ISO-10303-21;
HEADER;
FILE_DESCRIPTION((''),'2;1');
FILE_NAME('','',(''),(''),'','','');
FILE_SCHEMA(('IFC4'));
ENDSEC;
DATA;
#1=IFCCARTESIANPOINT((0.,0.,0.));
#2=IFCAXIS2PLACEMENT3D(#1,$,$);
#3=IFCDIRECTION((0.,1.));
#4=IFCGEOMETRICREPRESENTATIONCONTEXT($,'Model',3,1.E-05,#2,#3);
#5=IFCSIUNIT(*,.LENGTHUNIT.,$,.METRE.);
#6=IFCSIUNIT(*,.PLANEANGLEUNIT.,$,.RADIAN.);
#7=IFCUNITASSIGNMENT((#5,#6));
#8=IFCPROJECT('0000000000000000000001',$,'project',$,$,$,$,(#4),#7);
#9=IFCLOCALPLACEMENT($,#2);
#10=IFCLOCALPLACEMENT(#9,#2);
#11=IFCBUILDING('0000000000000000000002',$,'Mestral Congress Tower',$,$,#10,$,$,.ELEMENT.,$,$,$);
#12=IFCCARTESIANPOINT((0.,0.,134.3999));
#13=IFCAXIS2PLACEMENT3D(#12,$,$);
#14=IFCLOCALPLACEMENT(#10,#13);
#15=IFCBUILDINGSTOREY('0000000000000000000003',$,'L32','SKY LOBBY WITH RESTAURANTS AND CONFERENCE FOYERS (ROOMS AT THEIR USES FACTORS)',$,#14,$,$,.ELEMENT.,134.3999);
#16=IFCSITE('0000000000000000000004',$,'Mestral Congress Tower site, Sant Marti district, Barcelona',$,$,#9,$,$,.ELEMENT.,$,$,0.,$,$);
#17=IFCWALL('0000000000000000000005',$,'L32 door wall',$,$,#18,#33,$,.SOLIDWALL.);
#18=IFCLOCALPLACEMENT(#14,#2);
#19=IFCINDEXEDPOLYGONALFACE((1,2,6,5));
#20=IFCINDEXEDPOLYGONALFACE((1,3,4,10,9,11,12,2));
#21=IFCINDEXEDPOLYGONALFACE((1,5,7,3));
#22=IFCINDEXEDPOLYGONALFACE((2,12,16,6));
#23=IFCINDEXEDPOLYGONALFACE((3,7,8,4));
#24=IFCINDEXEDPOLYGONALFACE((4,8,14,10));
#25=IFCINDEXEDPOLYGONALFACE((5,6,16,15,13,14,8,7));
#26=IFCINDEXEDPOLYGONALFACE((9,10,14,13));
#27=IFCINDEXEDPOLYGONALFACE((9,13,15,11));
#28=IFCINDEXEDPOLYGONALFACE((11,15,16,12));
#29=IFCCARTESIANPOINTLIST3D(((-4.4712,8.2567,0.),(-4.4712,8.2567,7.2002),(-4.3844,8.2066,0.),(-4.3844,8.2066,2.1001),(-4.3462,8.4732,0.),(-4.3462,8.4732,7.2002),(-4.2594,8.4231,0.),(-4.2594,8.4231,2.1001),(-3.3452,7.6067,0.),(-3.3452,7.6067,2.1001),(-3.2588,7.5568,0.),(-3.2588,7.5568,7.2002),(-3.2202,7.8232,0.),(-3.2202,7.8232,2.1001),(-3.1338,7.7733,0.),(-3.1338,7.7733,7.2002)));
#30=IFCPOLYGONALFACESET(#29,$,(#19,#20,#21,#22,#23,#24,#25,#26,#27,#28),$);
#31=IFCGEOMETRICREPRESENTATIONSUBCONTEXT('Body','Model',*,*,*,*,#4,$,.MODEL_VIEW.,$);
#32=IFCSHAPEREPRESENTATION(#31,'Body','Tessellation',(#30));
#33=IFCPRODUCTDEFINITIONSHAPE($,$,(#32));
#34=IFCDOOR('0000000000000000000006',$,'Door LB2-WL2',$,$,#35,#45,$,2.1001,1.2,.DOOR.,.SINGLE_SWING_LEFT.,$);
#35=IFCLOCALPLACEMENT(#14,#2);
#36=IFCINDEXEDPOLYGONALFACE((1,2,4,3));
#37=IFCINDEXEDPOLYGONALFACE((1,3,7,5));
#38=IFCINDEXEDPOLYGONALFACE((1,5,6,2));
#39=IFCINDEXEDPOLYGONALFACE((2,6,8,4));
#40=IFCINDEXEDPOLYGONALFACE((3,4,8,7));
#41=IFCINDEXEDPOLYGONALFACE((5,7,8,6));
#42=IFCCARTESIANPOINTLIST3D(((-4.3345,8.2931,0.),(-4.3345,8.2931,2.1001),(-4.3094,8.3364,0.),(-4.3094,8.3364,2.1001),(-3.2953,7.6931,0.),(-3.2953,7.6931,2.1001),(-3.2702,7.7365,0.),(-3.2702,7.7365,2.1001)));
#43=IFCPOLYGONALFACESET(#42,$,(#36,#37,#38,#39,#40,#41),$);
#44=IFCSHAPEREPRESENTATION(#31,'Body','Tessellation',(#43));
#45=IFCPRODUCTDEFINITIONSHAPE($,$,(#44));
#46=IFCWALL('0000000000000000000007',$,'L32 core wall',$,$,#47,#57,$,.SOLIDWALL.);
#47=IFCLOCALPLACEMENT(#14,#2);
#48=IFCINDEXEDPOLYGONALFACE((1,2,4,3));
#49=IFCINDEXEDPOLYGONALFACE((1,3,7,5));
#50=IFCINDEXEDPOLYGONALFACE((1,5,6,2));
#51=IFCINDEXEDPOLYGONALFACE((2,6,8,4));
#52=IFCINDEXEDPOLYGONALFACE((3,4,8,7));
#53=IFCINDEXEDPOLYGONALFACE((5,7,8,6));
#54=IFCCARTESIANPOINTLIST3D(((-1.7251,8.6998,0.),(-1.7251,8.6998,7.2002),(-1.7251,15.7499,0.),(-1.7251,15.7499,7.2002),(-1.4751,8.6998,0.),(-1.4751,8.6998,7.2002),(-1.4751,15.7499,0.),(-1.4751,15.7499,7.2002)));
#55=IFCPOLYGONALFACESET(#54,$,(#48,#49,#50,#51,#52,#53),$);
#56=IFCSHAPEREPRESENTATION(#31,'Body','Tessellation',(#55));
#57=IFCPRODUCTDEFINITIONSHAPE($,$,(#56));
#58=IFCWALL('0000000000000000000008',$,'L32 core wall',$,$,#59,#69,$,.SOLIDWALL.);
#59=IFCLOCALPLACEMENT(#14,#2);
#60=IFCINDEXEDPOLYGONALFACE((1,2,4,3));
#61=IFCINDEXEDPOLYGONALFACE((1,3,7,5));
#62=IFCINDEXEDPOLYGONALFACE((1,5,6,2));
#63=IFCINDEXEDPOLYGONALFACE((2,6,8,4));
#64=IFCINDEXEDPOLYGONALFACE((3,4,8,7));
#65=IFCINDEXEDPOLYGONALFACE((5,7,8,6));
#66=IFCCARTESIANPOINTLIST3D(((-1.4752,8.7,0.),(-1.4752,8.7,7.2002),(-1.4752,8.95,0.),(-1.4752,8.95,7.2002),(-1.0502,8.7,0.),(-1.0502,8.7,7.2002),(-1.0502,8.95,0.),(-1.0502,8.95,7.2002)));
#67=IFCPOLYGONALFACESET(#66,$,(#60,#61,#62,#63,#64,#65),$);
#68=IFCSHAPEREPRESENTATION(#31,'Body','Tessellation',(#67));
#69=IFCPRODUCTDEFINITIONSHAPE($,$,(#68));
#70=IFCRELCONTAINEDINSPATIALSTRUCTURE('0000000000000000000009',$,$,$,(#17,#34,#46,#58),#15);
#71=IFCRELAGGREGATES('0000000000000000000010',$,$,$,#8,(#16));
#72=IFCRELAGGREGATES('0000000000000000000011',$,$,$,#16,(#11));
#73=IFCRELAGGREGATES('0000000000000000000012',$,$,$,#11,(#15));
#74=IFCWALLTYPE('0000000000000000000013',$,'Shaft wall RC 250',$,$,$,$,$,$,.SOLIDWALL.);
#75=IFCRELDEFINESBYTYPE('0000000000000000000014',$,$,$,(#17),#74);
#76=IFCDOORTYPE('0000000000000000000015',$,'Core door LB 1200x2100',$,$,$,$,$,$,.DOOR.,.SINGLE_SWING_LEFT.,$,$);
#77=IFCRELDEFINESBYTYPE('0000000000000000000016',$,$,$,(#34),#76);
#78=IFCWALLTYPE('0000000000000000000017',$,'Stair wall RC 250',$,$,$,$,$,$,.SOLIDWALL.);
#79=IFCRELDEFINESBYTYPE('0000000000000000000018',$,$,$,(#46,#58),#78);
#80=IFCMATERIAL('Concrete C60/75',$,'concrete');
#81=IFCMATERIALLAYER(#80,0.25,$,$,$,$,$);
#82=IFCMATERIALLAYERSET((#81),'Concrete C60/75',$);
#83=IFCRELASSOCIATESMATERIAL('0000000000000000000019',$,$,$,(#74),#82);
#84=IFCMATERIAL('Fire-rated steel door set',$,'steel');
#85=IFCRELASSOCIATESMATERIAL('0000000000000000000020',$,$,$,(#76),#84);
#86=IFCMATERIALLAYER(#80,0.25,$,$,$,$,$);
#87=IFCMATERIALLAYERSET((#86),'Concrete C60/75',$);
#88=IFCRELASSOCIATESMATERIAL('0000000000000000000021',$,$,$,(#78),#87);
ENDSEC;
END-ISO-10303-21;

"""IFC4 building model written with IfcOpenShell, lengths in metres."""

from ifc_helpers import new_model, si_unit, direction, frame, frame_2d, origin, place, context, subcontext, project, spatial, rectangle, extrude, material, layer, layer_set, type_object, element, fill, save


model = new_model("IFC4")

# Units and contexts
model_context = context("Model", 3, precision=1e-05, world=origin(), true_north=direction((0.0, 1.0)))
body_context = subcontext(model_context, "Body", "Model", "MODEL_VIEW")
ifc_project = project(units=[si_unit("LENGTHUNIT", "METRE"), si_unit("PLANEANGLEUNIT", "RADIAN")], contexts=[model_context])

# Site, building, storey
site_placement = place(None, origin())
site = spatial("IfcSite", under=ifc_project, at=site_placement, Name="Mestral Congress Tower site, Sant Marti district, Barcelona", CompositionType="ELEMENT", RefElevation=0.0)
building_placement = place(site_placement, origin())
building = spatial("IfcBuilding", under=site, at=building_placement, Name="Mestral Congress Tower", CompositionType="ELEMENT")
storey_placement = place(building_placement, frame((0.0, 0.0, 134.3999)))
storey = spatial("IfcBuildingStorey", under=building, at=storey_placement, Name="L32", Description="SKY LOBBY WITH RESTAURANTS AND CONFERENCE FOYERS (ROOMS AT THEIR USES FACTORS)", CompositionType="ELEMENT", Elevation=134.3999)

# Shared definitions
ifc_material_1 = material(Name="Fire-rated steel door set", Category="steel")

# Shared definitions
ifc_material_2 = material(Name="Concrete C60/75", Category="concrete")
ifc_layer_1 = layer(ifc_material_2, 0.25)
ifc_layer_set_1 = layer_set([ifc_layer_1], Name="Concrete C60/75")
wall_type_1 = type_object("IfcWallType", Name="Shaft wall RC 250", PredefinedType="SOLIDWALL", material=ifc_layer_set_1)

# Wall, opening, door
wall_1_placement = place(storey_placement, frame((-4.4087, 8.365, 0.0), z_axis=(0.0, 0.0, 1.0), x_axis=(0.866035, -0.499984, 0.0)))
wall_1 = element("IfcWall", 1, at=wall_1_placement, inside=storey, type_object=wall_type_1, Name="L32 door wall", PredefinedType="SOLIDWALL", context=body_context, shape_type="SweptSolid", body=[
    extrude(rectangle(XDim=1.3999, YDim=0.25, at=frame_2d((0.7, 0.0))), origin(), (0.0, 0.0, 1.0), 7.2002),
])
opening_1_placement = place(wall_1_placement, frame((0.1001, 0.0, 0.0)))
opening_1 = element("IfcOpeningElement", 2, at=opening_1_placement, cuts=wall_1, PredefinedType="OPENING", context=body_context, shape_type="SweptSolid", body=[
    extrude(rectangle(XDim=1.2, YDim=2.1001, at=frame_2d((0.6001, 1.05))), frame((0.0, 0.135, 0.0), z_axis=(0.0, -1.0, 0.0), x_axis=(1.0, 0.0, 0.0)), (0.0, 0.0, 1.0), 0.27),
])
door_type_1 = type_object("IfcDoorType", Name="Core door LB 1200x2100", OperationType="SINGLE_SWING_LEFT", PredefinedType="DOOR", material=ifc_material_1)
door_1_placement = place(opening_1_placement, origin())
door_1 = element("IfcDoor", 3, at=door_1_placement, inside=storey, type_object=door_type_1, Name="Door LB2-WL2", OperationType="SINGLE_SWING_LEFT", OverallHeight=2.1001, OverallWidth=1.2, PredefinedType="DOOR", context=body_context, shape_type="SweptSolid", body=[
    extrude(rectangle(XDim=1.2, YDim=2.1001, at=frame_2d((0.6001, 1.05))), frame((0.0, 0.0249, 0.0), z_axis=(0.0, -1.0, 0.0), x_axis=(1.0, 0.0, 0.0)), (0.0, 0.0, 1.0), 0.05),
])
fill(opening_1, door_1)

# Walls
ifc_layer_2 = layer(ifc_material_2, 0.25)
ifc_layer_set_2 = layer_set([ifc_layer_2], Name="Concrete C60/75")
wall_type_2 = type_object("IfcWallType", Name="Stair wall RC 250", PredefinedType="SOLIDWALL", material=ifc_layer_set_2)
wall_2_placement = place(storey_placement, frame((-1.6001, 8.7, 0.0), z_axis=(0.0, 0.0, 1.0), x_axis=(0.0, 1.0, 0.0)))
element("IfcWall", 4, at=wall_2_placement, inside=storey, type_object=wall_type_2, Name="L32 core wall", PredefinedType="SOLIDWALL", context=body_context, shape_type="SweptSolid", body=[
    extrude(rectangle(XDim=7.05, YDim=0.25, at=frame_2d((3.5249, 0.0))), origin(), (0.0, 0.0, 1.0), 7.2002),
])
wall_3_placement = place(storey_placement, frame((-1.4751, 8.825, 0.0), z_axis=(0.0, 0.0, 1.0), x_axis=(1.0, 0.0, 0.0)))
element("IfcWall", 5, at=wall_3_placement, inside=storey, type_object=wall_type_2, Name="L32 core wall", PredefinedType="SOLIDWALL", context=body_context, shape_type="SweptSolid", body=[
    extrude(rectangle(XDim=0.425, YDim=0.25, at=frame_2d((0.2124, 0.0))), origin(), (0.0, 0.0, 1.0), 7.2002),
])

save(model, "model.ifc")
